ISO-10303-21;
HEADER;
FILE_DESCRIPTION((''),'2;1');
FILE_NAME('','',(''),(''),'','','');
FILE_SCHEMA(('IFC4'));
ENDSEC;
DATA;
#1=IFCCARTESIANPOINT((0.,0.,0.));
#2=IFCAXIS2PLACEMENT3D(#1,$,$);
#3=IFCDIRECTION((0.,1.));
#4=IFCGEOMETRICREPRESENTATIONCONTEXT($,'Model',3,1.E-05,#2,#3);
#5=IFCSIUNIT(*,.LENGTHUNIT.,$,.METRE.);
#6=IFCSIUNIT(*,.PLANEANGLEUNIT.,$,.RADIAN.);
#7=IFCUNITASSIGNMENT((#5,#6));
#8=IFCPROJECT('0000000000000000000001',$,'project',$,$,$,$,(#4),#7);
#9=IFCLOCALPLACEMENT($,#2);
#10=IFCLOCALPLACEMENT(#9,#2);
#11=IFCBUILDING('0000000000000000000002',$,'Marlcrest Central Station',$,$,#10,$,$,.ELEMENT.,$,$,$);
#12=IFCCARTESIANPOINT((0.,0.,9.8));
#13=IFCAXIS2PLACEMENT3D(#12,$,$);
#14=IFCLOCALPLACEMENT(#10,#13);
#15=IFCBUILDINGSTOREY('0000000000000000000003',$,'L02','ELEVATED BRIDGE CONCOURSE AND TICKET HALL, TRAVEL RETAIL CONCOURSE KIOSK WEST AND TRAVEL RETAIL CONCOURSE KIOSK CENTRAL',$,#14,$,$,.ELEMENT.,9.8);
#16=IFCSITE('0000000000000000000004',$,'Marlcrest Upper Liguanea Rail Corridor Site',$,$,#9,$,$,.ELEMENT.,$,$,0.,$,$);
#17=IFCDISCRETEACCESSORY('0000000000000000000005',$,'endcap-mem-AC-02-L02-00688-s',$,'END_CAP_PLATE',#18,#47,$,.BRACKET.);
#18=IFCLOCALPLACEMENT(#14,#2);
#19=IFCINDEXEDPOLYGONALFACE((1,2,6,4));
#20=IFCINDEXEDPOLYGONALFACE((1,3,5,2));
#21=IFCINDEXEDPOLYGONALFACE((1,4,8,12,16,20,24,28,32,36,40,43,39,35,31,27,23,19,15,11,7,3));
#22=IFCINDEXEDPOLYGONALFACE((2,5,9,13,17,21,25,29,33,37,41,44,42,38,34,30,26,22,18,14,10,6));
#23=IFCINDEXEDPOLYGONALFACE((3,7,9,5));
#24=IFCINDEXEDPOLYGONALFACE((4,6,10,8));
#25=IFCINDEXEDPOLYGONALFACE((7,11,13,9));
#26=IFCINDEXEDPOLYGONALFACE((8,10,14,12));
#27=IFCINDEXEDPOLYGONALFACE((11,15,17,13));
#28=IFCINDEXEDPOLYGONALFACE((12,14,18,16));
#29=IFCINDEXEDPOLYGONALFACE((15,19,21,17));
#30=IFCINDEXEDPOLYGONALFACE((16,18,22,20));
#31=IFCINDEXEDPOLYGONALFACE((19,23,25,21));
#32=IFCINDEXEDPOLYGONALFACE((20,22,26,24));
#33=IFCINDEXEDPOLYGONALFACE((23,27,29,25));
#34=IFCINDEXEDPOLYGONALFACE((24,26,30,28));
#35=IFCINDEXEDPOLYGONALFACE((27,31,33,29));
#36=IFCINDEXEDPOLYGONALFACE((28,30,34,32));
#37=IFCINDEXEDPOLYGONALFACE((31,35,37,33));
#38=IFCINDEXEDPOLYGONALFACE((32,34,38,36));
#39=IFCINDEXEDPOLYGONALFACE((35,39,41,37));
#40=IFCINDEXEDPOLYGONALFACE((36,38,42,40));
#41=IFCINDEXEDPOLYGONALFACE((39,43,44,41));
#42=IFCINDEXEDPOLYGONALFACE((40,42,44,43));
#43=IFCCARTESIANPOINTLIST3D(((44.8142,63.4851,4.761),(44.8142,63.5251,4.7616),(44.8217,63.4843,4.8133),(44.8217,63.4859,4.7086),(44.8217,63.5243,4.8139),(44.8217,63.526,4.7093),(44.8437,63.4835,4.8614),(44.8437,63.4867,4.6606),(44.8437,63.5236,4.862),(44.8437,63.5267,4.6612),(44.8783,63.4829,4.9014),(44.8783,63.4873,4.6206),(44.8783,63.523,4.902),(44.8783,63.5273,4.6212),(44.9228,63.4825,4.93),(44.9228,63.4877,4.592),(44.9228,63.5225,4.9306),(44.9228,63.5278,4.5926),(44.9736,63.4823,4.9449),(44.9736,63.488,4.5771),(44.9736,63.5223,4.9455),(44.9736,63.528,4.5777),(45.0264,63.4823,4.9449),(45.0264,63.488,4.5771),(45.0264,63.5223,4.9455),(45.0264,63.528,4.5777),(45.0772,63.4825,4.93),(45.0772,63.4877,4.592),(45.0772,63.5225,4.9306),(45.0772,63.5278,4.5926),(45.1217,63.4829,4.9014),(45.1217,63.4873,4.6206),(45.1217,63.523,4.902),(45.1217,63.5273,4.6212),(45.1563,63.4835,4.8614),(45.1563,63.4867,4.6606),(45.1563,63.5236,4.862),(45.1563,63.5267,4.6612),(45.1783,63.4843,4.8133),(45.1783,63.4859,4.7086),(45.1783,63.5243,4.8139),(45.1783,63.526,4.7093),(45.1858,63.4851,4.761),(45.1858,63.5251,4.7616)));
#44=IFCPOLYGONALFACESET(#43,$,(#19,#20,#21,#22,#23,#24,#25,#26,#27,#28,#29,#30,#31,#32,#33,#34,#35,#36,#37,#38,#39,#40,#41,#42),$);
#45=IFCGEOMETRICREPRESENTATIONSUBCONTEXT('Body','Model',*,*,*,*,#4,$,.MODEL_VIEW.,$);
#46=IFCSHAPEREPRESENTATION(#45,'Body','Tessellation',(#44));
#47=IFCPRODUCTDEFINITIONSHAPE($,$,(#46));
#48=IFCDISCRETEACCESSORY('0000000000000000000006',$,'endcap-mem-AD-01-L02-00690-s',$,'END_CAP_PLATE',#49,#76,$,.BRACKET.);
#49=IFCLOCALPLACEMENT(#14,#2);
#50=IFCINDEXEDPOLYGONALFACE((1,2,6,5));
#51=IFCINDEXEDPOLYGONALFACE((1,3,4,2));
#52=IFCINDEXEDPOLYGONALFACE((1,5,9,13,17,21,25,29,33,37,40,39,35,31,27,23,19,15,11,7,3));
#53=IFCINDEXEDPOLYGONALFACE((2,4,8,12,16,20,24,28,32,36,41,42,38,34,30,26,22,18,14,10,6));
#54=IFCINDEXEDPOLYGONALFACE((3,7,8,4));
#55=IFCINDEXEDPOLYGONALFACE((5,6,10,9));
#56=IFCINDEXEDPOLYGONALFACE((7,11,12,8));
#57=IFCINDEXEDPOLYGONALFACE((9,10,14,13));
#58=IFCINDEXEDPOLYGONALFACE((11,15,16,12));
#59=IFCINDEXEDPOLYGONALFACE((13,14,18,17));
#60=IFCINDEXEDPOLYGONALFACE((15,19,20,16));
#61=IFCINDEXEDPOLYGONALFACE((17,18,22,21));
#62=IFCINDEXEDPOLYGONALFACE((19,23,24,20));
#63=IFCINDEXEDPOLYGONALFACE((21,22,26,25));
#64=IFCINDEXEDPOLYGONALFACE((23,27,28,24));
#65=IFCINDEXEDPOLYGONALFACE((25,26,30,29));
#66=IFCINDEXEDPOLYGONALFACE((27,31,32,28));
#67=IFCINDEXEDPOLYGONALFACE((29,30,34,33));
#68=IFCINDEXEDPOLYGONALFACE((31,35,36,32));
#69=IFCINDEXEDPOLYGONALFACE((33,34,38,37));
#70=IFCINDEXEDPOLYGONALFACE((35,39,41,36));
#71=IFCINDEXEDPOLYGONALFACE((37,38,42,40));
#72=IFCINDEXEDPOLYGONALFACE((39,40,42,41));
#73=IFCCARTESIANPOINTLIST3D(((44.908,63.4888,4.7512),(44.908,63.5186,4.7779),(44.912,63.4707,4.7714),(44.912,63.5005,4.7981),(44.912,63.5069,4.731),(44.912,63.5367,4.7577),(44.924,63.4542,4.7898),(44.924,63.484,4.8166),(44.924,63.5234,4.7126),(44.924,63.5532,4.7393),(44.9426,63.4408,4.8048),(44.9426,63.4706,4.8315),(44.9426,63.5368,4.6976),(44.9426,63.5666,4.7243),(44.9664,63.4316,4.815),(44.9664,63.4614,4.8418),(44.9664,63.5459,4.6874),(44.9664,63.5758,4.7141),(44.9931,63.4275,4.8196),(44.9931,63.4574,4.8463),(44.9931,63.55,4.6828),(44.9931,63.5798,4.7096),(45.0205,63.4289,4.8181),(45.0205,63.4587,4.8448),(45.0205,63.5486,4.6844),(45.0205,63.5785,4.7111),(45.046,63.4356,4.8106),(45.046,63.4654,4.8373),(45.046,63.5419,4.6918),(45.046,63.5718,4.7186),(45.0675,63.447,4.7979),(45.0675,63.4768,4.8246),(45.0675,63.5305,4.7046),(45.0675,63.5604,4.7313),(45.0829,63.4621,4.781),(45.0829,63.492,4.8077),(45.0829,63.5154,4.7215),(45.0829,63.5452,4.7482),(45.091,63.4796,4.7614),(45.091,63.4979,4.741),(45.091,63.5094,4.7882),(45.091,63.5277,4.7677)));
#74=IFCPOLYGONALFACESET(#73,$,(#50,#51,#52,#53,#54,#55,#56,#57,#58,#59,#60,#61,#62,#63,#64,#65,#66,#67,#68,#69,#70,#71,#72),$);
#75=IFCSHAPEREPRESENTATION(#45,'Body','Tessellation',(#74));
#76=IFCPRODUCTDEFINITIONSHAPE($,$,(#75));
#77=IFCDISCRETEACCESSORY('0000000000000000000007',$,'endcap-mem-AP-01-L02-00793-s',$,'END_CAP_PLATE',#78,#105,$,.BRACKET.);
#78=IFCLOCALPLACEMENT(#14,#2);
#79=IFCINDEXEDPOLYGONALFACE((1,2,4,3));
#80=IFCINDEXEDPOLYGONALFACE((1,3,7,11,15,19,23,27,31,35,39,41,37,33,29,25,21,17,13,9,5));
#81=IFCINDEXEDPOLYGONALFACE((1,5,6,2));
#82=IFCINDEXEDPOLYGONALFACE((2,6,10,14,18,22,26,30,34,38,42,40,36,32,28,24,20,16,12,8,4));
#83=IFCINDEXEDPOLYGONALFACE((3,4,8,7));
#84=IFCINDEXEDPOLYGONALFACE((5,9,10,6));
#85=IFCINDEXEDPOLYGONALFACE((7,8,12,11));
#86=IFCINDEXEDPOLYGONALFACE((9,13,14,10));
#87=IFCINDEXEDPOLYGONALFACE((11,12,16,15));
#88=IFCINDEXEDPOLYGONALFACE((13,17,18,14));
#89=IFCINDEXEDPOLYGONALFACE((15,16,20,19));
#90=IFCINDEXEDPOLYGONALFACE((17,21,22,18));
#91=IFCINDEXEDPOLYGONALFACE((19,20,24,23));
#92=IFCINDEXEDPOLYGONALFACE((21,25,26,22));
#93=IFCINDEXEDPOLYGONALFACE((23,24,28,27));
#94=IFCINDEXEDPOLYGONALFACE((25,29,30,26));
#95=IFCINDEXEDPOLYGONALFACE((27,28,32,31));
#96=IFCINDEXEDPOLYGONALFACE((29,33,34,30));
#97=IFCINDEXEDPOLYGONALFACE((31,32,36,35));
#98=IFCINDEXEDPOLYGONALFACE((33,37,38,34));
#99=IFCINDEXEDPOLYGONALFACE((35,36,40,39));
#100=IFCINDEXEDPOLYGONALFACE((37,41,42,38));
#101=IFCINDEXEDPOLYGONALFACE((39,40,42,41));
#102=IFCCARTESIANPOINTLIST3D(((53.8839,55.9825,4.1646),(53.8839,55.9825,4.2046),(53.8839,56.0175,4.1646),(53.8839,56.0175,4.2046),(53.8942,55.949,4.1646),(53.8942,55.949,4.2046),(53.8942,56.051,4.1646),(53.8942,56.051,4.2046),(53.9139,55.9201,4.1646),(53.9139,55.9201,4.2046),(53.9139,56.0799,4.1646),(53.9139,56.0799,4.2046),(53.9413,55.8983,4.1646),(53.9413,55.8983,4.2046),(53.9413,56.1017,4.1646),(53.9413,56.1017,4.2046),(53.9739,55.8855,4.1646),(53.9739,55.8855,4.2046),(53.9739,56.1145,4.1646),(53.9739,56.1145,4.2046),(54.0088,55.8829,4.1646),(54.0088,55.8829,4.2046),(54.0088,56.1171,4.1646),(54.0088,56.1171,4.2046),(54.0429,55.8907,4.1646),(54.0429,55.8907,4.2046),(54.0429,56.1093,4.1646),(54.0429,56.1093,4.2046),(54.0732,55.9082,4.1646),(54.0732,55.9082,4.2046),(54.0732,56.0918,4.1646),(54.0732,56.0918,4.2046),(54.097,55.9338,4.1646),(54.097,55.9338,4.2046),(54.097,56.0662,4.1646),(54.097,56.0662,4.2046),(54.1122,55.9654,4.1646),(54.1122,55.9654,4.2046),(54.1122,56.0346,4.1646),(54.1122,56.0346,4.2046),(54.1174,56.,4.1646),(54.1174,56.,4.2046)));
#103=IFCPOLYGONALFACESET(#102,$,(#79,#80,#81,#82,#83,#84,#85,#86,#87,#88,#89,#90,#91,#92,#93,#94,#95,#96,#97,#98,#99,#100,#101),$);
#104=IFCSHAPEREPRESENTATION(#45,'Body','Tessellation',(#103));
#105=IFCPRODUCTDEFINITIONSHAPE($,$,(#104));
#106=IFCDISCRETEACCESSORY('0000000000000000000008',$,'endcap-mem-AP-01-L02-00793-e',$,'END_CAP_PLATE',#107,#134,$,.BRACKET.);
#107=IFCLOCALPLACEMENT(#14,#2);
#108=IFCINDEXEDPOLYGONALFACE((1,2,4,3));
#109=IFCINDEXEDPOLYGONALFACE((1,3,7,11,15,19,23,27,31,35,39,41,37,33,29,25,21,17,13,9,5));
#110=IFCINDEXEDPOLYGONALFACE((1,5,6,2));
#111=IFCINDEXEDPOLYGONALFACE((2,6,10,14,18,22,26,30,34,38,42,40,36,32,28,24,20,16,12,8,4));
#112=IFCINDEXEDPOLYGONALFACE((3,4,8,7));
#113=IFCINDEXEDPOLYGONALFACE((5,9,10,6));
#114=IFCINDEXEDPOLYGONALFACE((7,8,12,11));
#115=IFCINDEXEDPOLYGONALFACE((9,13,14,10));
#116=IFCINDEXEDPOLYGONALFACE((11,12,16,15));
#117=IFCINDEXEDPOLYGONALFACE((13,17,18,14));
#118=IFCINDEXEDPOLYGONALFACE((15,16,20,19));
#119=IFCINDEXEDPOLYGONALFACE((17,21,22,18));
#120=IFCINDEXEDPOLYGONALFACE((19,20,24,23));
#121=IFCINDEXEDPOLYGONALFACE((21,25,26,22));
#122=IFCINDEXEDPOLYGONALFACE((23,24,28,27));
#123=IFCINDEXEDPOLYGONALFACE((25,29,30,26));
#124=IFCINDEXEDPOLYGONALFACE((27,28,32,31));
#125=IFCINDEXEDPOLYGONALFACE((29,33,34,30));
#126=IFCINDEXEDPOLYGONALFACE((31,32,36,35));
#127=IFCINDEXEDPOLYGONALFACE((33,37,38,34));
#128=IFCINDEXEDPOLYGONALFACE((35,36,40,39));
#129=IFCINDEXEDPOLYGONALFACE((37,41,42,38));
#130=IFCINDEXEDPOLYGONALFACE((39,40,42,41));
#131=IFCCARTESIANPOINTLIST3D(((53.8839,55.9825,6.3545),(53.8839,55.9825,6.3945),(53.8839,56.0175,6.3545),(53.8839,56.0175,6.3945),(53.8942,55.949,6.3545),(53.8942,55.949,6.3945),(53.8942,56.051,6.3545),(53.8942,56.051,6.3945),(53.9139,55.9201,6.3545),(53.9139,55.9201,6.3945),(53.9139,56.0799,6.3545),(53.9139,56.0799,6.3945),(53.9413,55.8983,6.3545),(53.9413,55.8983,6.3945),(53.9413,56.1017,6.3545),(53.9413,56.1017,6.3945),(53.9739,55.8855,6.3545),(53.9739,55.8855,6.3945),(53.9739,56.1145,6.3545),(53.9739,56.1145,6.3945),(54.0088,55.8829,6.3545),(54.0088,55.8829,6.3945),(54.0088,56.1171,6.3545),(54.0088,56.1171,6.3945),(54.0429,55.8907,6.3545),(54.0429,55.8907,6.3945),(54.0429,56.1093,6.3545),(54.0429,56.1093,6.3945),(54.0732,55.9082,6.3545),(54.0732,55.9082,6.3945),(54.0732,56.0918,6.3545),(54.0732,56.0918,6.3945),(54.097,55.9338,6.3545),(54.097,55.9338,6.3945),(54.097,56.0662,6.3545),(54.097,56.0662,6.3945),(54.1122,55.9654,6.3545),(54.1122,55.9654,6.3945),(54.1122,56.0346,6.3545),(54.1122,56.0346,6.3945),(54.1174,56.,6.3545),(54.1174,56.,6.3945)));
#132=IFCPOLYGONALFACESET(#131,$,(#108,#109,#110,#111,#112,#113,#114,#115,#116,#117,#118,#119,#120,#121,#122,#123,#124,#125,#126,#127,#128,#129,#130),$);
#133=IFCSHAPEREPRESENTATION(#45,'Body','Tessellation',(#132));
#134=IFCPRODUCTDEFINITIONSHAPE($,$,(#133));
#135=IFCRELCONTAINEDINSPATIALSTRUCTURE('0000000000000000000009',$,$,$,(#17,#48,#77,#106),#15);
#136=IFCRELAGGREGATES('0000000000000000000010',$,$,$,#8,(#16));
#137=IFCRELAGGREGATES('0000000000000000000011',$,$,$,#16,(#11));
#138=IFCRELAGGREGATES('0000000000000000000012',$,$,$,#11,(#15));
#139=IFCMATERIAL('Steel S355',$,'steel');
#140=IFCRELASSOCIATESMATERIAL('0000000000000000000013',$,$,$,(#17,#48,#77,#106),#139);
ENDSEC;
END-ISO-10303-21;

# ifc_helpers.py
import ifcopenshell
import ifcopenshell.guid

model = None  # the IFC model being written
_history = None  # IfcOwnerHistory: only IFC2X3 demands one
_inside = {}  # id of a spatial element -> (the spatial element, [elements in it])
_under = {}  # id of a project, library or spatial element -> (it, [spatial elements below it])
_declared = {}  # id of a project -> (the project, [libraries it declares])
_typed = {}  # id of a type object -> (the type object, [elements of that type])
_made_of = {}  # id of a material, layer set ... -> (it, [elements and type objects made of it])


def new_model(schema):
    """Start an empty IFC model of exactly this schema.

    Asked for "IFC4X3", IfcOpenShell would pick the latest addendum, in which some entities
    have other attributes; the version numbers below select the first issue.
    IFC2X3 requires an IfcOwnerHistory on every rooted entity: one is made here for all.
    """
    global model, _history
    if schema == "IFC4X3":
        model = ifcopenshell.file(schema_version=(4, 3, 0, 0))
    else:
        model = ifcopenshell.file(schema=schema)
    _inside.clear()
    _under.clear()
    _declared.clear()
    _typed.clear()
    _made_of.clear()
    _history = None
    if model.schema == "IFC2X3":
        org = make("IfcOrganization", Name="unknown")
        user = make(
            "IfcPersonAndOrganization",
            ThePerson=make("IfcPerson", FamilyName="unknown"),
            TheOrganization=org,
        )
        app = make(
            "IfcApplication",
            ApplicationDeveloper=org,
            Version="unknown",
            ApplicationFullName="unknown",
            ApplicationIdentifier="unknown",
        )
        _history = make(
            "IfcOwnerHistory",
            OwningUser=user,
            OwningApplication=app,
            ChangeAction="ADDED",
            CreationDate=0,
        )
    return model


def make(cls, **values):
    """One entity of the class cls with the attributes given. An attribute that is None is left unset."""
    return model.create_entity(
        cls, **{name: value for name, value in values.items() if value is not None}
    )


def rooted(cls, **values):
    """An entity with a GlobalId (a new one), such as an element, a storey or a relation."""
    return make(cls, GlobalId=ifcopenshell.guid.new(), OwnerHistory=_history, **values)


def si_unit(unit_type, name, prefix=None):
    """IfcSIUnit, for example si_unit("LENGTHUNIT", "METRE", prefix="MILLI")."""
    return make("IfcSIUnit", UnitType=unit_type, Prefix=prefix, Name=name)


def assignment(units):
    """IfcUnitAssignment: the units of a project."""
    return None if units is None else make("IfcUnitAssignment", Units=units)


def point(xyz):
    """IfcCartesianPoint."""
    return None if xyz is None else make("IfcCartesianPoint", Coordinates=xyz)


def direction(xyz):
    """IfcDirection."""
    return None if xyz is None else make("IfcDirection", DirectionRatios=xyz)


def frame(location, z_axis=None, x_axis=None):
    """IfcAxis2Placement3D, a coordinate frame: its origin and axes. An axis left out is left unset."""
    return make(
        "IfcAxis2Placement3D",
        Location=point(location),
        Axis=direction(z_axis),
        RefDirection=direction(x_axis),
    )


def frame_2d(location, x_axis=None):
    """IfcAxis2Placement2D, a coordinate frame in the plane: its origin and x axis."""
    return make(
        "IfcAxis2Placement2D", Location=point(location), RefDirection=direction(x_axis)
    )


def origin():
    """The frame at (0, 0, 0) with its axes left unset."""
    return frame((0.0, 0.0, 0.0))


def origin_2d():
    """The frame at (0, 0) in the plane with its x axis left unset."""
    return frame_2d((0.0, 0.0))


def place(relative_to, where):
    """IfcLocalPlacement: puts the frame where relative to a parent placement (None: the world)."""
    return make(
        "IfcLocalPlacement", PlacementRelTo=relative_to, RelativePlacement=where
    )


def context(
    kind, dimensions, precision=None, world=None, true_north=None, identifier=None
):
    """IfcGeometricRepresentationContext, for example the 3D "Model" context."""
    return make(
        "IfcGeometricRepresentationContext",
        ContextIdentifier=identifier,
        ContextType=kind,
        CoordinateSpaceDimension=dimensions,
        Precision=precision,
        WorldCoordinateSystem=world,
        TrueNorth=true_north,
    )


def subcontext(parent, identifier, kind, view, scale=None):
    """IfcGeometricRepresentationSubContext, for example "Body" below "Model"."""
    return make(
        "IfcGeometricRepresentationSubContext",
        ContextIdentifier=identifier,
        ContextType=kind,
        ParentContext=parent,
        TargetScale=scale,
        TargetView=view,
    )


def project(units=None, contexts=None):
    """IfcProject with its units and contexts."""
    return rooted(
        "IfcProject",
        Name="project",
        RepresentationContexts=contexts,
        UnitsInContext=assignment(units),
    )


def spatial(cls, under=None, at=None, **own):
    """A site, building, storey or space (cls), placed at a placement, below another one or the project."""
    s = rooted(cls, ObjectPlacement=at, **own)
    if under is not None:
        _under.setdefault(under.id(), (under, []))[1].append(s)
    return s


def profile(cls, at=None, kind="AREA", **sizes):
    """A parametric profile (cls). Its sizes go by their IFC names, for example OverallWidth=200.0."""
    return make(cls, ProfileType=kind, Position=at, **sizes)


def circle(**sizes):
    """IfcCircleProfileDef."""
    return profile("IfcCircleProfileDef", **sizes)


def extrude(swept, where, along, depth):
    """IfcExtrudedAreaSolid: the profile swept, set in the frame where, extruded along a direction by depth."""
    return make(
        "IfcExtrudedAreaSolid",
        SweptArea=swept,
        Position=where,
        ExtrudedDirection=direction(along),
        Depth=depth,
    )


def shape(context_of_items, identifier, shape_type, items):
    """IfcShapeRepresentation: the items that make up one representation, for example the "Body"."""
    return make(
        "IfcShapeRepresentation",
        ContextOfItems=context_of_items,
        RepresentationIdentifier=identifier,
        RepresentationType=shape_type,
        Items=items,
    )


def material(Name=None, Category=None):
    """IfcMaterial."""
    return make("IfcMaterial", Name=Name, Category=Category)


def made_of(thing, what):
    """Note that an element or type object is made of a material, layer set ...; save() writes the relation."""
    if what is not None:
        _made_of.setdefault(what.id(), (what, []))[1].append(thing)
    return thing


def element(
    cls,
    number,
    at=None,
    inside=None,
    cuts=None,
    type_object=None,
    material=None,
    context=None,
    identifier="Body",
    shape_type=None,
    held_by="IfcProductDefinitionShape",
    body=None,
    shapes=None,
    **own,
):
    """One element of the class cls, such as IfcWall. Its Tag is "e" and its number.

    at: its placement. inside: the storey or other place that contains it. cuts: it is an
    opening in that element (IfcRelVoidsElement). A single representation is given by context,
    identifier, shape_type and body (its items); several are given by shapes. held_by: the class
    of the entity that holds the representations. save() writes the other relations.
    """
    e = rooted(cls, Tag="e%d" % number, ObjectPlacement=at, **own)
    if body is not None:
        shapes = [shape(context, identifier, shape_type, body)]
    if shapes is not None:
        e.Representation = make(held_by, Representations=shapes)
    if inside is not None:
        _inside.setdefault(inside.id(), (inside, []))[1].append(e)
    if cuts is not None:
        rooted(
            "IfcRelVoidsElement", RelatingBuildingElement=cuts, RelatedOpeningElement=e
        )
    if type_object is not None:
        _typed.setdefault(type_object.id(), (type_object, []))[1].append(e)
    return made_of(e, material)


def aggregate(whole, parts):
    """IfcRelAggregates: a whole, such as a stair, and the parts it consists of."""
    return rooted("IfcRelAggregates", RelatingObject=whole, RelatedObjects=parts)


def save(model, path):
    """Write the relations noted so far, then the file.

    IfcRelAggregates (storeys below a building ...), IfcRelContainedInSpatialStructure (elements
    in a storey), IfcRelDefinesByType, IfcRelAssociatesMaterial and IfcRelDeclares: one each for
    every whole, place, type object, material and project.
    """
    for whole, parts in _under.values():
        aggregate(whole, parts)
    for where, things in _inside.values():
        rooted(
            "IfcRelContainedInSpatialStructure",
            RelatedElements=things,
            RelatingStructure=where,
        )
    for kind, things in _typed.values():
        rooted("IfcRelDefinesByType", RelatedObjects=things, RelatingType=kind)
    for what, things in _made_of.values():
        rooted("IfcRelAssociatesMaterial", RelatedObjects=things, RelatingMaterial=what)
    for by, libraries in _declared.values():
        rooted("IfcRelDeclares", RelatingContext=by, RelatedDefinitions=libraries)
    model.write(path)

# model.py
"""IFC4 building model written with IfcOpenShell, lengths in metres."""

from ifc_helpers import new_model, si_unit, direction, frame, origin, origin_2d, place, context, subcontext, project, spatial, circle, extrude, material, element, save


model = new_model("IFC4")

# Units and contexts
model_context = context("Model", 3, precision=1e-05, world=origin(), true_north=direction((0.0, 1.0)))
body_context = subcontext(model_context, "Body", "Model", "MODEL_VIEW")
ifc_project = project(units=[si_unit("LENGTHUNIT", "METRE"), si_unit("PLANEANGLEUNIT", "RADIAN")], contexts=[model_context])

# Site, building, storey
site_placement = place(None, origin())
site = spatial("IfcSite", under=ifc_project, at=site_placement, Name="Marlcrest Upper Liguanea Rail Corridor Site", CompositionType="ELEMENT", RefElevation=0.0)
building_placement = place(site_placement, origin())
building = spatial("IfcBuilding", under=site, at=building_placement, Name="Marlcrest Central Station", CompositionType="ELEMENT")
storey_placement = place(building_placement, frame((0.0, 0.0, 9.8)))
storey = spatial("IfcBuildingStorey", under=building, at=storey_placement, Name="L02", Description="ELEVATED BRIDGE CONCOURSE AND TICKET HALL, TRAVEL RETAIL CONCOURSE KIOSK WEST AND TRAVEL RETAIL CONCOURSE KIOSK CENTRAL", CompositionType="ELEMENT", Elevation=9.8)

# Shared definitions
ifc_material = material(Name="Steel S355", Category="steel")

# Discrete accessories
discrete_accessory_1_placement = place(storey_placement, frame((45.0, 63.4851, 4.761), z_axis=(0.0, 0.999879, 0.015525), x_axis=(-1.0, 0.0, 0.0)))
element("IfcDiscreteAccessory", 1, at=discrete_accessory_1_placement, inside=storey, material=ifc_material, Name="endcap-mem-AC-02-L02-00688-s", ObjectType="END_CAP_PLATE", PredefinedType="BRACKET", context=body_context, shape_type="SweptSolid", body=[
    extrude(circle(Radius=0.1858, at=origin_2d()), origin(), (0.0, 0.0, 1.0), 0.04),
])
discrete_accessory_2_placement = place(storey_placement, frame((45.0, 63.4888, 4.7512), z_axis=(0.0, 0.744956, 0.667114), x_axis=(-1.0, 0.0, 0.0)))
element("IfcDiscreteAccessory", 2, at=discrete_accessory_2_placement, inside=storey, material=ifc_material, Name="endcap-mem-AD-01-L02-00690-s", ObjectType="END_CAP_PLATE", PredefinedType="BRACKET", context=body_context, shape_type="SweptSolid", body=[
    extrude(circle(Radius=0.092, at=origin_2d()), origin(), (0.0, 0.0, 1.0), 0.04),
])
for number, where, z_axis, x_axis, name in (
    (3, (54.0, 56.0, 4.1646), (0.0, 0.0, 1.0), (1.0, 0.0, 0.0), "endcap-mem-AP-01-L02-00793-s"),
    (4, (54.0, 56.0, 6.3545), (0.0, 0.0, 1.0), (1.0, 0.0, 0.0), "endcap-mem-AP-01-L02-00793-e"),
):
    element("IfcDiscreteAccessory", number, at=place(storey_placement, frame(where, z_axis=z_axis, x_axis=x_axis)), inside=storey, material=ifc_material, Name=name, ObjectType="END_CAP_PLATE", PredefinedType="BRACKET", context=body_context, shape_type="SweptSolid", body=[
        extrude(circle(Radius=0.1174, at=origin_2d()), origin(), (0.0, 0.0, 1.0), 0.04),
    ])

save(model, "model.ifc")
